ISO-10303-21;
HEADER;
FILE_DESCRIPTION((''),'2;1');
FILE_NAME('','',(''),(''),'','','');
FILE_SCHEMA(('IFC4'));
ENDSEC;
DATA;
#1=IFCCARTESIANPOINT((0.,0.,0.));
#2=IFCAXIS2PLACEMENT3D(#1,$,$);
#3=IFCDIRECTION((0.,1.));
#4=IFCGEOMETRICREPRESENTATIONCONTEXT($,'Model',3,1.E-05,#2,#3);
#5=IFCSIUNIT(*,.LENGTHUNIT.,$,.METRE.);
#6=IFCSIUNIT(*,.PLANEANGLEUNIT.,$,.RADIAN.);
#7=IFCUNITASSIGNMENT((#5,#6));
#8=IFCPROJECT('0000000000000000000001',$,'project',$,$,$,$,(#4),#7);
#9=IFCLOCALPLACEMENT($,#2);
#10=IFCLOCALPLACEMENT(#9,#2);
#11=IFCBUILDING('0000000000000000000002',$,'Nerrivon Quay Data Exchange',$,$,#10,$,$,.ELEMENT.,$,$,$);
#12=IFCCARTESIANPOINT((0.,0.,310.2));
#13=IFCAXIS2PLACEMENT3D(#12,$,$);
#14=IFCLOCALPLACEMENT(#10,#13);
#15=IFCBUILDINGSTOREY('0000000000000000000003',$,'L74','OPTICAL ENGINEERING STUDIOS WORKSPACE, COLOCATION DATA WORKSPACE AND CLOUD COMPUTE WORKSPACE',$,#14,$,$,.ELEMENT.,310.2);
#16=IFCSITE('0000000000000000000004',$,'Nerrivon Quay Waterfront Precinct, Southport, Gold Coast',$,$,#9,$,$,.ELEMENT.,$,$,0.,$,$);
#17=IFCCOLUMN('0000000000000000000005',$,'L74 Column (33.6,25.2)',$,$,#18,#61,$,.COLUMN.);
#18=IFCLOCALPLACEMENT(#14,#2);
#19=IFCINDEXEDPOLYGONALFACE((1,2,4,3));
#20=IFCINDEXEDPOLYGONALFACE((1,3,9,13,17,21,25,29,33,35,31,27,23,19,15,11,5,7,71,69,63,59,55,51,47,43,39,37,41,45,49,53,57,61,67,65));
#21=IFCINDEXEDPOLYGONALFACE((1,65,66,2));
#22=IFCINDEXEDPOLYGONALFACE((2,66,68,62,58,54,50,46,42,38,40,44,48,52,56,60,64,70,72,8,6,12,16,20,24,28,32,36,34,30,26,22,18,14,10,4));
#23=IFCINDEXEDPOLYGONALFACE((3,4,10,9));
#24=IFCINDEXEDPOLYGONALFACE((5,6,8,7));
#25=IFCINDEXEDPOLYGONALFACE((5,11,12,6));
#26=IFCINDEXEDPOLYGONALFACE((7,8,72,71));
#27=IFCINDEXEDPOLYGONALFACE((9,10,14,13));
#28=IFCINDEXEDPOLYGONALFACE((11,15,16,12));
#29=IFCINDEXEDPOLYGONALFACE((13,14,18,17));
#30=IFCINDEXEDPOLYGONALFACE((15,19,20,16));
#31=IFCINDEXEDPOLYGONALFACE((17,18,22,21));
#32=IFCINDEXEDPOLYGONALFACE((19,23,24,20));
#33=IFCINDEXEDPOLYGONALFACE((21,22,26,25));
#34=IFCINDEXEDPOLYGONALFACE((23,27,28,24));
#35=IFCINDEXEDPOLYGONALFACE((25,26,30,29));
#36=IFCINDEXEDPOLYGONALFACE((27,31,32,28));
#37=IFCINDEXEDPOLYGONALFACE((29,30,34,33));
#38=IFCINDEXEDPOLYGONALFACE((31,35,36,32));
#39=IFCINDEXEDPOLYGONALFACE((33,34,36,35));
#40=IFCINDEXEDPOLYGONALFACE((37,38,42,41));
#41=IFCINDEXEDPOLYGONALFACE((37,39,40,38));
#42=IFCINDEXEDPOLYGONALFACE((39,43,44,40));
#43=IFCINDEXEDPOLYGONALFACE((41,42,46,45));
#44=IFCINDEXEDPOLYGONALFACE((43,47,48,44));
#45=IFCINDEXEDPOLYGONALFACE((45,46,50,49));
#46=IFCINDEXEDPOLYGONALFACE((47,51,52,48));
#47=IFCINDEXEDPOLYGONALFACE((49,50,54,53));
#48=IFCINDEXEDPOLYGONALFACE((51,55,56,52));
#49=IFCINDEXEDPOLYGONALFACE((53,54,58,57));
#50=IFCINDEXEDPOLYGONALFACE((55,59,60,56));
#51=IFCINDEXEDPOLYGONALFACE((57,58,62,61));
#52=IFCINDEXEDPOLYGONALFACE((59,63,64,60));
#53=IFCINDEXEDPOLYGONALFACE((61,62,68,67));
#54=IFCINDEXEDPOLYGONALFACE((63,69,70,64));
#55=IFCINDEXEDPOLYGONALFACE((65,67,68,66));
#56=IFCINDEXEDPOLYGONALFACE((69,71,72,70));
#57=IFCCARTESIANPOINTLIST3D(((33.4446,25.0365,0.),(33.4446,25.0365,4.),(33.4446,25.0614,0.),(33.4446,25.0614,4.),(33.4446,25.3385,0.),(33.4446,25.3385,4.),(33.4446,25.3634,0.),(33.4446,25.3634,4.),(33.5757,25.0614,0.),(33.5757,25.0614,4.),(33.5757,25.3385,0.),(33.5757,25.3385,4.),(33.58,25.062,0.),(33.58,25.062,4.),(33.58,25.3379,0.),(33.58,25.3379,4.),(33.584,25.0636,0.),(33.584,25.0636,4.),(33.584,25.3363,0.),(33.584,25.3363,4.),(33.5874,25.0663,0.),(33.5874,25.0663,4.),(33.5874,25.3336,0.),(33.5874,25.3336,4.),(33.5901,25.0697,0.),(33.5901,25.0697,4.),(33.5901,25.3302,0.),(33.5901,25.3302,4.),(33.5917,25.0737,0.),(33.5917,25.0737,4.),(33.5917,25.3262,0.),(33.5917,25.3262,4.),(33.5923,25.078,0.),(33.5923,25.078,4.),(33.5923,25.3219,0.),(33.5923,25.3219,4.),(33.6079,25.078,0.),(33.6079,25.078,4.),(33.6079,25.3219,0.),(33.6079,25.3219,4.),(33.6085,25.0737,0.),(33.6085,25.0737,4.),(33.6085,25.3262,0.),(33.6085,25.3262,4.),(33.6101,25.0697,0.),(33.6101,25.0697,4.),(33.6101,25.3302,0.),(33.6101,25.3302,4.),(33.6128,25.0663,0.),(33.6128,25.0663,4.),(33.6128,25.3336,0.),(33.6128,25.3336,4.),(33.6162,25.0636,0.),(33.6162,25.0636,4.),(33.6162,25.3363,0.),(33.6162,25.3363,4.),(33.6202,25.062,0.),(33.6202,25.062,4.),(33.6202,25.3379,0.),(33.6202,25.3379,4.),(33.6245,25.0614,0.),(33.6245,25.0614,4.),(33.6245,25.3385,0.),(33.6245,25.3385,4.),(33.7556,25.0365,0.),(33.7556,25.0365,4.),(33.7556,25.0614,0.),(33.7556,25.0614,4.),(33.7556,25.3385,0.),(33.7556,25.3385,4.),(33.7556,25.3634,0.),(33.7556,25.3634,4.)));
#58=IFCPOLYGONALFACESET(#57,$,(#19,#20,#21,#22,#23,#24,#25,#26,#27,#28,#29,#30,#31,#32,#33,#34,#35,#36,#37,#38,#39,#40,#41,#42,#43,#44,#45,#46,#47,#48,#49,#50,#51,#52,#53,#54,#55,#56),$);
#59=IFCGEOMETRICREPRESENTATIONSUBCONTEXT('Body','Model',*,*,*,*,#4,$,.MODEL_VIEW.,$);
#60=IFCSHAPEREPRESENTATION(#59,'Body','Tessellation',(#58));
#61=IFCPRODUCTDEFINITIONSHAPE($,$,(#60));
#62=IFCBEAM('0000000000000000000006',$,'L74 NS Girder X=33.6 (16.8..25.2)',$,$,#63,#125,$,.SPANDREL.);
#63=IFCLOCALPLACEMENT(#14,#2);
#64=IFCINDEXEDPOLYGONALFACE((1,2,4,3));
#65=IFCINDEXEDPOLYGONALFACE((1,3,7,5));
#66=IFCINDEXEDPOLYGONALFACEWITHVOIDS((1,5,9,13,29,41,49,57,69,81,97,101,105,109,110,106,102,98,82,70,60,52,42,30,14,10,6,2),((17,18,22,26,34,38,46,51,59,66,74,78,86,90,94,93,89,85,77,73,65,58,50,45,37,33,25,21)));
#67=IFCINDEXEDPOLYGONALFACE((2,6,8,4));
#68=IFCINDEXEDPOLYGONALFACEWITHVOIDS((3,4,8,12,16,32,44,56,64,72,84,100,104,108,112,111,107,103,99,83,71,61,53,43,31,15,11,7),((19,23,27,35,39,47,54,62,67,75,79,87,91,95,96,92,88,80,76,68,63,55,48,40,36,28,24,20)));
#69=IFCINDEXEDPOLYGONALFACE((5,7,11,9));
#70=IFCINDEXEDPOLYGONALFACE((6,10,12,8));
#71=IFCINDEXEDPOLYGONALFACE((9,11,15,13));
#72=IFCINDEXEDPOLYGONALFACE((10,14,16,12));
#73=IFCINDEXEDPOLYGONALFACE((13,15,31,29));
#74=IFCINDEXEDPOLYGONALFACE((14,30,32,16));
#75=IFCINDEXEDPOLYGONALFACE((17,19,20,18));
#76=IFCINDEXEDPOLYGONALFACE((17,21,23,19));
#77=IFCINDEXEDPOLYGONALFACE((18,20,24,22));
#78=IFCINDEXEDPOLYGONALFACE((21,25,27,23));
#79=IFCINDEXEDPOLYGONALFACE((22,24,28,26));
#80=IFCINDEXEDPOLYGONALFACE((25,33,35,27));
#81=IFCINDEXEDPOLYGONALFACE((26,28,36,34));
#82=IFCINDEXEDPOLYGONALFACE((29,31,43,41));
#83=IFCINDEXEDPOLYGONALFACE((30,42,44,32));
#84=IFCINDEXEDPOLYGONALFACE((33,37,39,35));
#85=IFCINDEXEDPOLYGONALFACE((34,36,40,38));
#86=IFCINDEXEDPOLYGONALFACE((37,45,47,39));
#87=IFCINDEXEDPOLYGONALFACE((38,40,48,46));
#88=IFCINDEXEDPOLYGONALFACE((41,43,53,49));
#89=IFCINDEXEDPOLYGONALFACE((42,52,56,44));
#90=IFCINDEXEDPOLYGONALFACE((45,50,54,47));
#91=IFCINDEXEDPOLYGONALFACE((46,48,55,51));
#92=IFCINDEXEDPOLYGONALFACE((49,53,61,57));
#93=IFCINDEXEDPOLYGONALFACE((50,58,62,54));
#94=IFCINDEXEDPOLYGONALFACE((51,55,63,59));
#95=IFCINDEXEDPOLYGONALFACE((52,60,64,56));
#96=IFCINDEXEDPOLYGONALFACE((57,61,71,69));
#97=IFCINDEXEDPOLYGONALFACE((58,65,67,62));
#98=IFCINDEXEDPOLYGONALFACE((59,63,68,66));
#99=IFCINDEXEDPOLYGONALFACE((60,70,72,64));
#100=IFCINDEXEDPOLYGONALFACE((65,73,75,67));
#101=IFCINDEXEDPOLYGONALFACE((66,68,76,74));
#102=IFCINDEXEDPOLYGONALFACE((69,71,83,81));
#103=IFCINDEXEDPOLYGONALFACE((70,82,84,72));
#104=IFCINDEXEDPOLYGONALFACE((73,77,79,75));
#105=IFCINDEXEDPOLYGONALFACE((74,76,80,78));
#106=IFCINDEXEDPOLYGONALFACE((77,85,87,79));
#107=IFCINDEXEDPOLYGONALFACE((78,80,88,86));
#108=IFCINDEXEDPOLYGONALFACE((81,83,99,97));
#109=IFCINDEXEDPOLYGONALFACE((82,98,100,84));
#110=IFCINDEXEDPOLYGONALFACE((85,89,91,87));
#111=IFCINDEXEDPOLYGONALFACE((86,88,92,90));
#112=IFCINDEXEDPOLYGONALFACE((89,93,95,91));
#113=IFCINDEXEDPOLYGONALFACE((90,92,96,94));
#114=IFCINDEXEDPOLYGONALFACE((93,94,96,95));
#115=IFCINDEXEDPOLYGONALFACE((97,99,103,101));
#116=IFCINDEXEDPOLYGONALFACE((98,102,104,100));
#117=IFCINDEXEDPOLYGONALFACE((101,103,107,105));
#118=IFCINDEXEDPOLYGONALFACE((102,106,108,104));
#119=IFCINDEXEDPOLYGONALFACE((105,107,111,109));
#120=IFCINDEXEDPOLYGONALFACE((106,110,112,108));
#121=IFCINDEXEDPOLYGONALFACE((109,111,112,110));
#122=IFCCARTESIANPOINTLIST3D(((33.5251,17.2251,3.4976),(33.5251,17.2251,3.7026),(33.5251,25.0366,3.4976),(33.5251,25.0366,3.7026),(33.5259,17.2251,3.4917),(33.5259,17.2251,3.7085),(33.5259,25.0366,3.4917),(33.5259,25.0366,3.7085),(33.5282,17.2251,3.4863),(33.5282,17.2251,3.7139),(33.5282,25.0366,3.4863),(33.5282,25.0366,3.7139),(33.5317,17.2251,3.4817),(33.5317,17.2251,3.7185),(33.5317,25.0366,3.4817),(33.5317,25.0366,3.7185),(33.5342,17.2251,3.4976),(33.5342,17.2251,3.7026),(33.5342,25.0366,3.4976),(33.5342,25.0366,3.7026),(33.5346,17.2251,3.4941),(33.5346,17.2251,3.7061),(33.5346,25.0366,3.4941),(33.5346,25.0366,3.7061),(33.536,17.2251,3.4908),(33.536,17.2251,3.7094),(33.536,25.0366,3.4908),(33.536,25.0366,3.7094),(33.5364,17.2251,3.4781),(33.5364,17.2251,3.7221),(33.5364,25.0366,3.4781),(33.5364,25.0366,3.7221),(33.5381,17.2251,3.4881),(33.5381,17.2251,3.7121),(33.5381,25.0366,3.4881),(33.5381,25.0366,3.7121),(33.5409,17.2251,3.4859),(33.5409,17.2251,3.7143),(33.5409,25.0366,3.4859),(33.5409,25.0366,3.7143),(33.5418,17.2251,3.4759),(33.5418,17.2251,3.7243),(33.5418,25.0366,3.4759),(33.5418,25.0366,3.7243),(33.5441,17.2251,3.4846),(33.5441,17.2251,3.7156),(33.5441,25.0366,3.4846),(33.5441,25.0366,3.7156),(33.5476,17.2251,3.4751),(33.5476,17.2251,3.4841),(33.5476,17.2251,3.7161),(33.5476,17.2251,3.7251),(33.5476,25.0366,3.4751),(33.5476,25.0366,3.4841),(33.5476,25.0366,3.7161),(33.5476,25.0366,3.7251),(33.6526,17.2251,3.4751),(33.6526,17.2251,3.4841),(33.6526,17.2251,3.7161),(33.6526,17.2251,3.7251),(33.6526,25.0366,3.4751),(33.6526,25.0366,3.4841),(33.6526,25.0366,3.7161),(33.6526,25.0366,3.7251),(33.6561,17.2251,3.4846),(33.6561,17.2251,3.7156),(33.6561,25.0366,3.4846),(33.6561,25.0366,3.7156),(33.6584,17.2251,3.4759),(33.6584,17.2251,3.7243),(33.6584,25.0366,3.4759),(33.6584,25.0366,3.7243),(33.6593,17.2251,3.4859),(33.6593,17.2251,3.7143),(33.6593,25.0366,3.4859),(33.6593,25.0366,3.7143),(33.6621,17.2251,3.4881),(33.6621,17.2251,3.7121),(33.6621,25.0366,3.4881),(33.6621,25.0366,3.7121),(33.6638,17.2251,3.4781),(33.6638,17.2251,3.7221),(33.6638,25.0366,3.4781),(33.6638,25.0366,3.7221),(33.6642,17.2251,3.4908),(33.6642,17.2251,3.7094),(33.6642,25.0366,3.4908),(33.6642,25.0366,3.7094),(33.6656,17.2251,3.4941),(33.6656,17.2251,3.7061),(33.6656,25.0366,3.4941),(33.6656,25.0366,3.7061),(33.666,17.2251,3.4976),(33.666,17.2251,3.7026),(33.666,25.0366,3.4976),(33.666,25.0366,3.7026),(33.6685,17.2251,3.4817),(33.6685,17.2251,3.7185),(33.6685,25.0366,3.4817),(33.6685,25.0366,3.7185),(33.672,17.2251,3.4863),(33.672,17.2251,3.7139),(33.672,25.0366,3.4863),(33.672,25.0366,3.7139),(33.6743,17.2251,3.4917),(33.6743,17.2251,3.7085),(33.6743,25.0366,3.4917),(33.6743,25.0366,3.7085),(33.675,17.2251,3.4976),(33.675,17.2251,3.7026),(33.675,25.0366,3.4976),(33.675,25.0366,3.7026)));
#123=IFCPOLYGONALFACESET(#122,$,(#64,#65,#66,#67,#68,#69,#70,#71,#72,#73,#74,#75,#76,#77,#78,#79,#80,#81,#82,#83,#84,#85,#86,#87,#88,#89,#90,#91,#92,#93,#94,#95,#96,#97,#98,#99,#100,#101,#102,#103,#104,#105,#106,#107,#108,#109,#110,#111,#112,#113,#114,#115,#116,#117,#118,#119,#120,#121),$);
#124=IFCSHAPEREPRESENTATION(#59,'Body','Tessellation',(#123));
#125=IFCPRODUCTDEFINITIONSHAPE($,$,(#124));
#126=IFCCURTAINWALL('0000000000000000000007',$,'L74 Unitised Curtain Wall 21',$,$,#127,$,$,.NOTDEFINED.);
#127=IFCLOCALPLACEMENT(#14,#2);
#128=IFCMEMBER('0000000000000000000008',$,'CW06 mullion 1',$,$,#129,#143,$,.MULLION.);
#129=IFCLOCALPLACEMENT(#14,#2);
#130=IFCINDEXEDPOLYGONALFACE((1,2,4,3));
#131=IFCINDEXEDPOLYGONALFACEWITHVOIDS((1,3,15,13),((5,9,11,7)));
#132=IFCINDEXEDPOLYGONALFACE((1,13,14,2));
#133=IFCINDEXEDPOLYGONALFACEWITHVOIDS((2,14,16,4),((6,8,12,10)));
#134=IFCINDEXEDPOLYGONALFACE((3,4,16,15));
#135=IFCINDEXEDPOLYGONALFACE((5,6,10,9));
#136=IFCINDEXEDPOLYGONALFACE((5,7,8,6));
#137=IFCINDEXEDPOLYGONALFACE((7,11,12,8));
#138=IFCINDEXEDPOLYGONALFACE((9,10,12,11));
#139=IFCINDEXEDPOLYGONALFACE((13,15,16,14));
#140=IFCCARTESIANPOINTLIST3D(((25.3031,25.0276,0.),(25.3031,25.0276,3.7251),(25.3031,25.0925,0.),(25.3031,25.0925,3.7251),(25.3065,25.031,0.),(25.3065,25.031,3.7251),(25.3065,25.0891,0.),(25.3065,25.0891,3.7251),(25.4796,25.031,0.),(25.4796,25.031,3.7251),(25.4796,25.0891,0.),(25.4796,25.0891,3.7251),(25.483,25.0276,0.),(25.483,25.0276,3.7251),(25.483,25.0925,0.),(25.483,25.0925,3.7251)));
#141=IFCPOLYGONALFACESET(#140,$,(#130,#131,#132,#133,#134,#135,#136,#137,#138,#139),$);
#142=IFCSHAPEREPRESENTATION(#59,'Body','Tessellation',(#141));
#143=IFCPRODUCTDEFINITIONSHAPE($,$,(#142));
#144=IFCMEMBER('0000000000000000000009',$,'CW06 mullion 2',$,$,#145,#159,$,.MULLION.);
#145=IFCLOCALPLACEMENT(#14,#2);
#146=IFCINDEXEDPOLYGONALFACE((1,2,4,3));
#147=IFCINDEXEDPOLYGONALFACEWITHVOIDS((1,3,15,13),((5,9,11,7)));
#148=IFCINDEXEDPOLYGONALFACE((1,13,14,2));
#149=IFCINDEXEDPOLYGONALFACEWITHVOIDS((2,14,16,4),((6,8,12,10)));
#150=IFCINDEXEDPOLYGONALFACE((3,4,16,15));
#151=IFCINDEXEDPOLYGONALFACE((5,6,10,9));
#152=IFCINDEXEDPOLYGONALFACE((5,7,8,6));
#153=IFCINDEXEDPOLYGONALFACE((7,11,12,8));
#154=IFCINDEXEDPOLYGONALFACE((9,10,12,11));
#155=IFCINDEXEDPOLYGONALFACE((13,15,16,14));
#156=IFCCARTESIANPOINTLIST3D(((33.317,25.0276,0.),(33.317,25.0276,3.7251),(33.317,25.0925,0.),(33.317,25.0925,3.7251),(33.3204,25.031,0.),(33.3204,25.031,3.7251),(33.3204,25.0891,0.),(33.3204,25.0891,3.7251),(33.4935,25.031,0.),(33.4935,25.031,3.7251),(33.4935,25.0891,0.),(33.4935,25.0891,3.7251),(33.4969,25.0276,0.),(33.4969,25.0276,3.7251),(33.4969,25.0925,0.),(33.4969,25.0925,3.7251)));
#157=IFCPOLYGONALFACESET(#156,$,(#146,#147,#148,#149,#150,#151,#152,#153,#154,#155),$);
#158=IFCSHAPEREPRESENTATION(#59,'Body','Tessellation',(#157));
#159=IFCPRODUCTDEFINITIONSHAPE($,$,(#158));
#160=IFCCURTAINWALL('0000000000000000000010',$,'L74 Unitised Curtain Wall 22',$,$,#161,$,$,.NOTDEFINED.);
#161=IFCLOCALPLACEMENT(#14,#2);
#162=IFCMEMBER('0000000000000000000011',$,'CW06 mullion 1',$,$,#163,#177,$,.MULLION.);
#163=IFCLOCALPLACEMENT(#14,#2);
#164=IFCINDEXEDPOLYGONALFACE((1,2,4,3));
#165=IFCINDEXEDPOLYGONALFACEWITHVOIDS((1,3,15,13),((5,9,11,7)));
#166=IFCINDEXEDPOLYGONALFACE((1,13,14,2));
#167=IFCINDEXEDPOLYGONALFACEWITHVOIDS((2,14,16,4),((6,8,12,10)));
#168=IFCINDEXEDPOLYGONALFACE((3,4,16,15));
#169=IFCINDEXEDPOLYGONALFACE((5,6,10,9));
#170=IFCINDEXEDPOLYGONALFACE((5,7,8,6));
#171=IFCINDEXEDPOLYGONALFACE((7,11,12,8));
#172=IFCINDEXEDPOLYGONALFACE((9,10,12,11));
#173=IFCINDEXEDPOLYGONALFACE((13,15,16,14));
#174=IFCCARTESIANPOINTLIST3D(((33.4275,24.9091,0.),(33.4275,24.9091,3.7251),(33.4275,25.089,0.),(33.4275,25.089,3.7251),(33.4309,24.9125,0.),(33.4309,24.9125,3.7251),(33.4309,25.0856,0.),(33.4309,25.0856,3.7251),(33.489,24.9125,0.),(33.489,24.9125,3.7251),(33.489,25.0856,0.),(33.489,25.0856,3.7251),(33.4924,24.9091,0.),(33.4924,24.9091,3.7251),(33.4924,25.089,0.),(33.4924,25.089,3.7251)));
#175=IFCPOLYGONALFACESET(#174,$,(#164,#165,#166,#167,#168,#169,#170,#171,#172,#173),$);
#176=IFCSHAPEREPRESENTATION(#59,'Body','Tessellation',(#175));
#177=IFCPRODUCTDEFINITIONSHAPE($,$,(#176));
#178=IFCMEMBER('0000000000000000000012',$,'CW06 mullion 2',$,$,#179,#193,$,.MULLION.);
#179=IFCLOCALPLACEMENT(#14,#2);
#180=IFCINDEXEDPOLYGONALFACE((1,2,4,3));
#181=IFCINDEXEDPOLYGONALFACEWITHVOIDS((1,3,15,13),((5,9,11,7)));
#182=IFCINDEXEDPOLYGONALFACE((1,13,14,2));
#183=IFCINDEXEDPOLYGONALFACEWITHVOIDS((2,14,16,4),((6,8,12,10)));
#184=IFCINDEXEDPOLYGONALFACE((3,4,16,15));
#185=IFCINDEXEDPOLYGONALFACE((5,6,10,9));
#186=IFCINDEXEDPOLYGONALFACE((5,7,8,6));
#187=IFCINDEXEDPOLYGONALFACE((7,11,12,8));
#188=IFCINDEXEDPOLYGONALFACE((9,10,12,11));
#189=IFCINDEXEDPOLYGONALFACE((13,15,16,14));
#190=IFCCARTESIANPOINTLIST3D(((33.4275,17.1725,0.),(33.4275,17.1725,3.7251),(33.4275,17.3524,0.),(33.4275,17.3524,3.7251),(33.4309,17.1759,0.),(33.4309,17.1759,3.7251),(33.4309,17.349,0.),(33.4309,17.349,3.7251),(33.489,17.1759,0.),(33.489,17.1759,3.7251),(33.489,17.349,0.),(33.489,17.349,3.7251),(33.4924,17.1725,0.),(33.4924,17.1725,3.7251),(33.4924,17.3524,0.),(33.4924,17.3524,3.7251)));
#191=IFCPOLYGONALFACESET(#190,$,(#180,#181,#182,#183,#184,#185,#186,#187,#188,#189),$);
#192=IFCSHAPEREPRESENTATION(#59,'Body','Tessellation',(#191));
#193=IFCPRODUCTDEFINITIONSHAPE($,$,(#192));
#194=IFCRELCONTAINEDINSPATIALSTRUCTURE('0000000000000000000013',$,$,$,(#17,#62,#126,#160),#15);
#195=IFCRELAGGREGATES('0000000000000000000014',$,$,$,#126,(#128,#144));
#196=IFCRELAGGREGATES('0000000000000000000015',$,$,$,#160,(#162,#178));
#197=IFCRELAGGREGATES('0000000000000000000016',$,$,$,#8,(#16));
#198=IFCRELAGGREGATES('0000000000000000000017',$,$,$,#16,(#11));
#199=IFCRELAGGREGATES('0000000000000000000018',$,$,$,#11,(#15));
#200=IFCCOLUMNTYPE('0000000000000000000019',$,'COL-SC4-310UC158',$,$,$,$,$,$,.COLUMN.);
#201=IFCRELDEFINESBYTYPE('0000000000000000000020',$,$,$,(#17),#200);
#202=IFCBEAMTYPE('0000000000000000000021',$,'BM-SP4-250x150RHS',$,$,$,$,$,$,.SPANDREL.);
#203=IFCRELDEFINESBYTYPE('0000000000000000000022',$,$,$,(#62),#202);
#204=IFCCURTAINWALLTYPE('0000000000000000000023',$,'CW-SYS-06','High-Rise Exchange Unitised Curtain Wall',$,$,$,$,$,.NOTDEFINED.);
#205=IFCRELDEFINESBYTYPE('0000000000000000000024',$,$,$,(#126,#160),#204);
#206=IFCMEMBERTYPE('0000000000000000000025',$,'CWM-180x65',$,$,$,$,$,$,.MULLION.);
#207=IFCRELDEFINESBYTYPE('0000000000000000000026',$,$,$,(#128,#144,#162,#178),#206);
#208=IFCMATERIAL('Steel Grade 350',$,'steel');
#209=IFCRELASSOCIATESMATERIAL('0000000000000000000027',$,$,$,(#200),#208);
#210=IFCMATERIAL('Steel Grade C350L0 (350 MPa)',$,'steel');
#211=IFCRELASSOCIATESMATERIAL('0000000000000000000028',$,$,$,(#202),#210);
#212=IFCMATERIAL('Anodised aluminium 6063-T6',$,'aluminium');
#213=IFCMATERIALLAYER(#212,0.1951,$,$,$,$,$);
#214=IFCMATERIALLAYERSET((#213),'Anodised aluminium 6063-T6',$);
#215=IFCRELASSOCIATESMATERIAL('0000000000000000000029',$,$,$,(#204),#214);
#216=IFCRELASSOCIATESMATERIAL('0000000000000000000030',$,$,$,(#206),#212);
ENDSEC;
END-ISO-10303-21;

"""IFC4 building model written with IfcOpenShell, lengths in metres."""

from ifc_helpers import new_model, si_unit, direction, frame, origin, origin_2d, place, context, subcontext, project, spatial, hollow_rectangle, i_section, extrude, material, layer, layer_set, material_profile, profile_set, type_object, element, aggregate, save


model = new_model("IFC4")

# Units and contexts
model_context = context("Model", 3, precision=1e-05, world=origin(), true_north=direction((0.0, 1.0)))
body_context = subcontext(model_context, "Body", "Model", "MODEL_VIEW")
ifc_project = project(units=[si_unit("LENGTHUNIT", "METRE"), si_unit("PLANEANGLEUNIT", "RADIAN")], contexts=[model_context])

# Site, building, storey
site_placement = place(None, origin())
site = spatial("IfcSite", under=ifc_project, at=site_placement, Name="Nerrivon Quay Waterfront Precinct, Southport, Gold Coast", CompositionType="ELEMENT", RefElevation=0.0)
building_placement = place(site_placement, origin())
building = spatial("IfcBuilding", under=site, at=building_placement, Name="Nerrivon Quay Data Exchange", CompositionType="ELEMENT")
storey_placement = place(building_placement, frame((0.0, 0.0, 310.2)))
storey = spatial("IfcBuildingStorey", under=building, at=storey_placement, Name="L74", Description="OPTICAL ENGINEERING STUDIOS WORKSPACE, COLOCATION DATA WORKSPACE AND CLOUD COMPUTE WORKSPACE", CompositionType="ELEMENT", Elevation=310.2)

# Column
ifc_material_1 = material(Name="Steel Grade 350", Category="steel")
ifc_material_profile_1 = material_profile(ifc_material_1, i_section(OverallWidth=0.311, OverallDepth=0.3269, WebThickness=0.0156, FlangeThickness=0.0249, FilletRadius=0.0166, at=origin_2d()), Name="310UC158")
ifc_profile_set_1 = profile_set([ifc_material_profile_1], Name="Steel Grade 350")
column_type = type_object("IfcColumnType", Name="COL-SC4-310UC158", PredefinedType="COLUMN", material=ifc_profile_set_1)
column_placement = place(storey_placement, frame((33.6001, 25.2, 0.0), z_axis=(0.0, 0.0, 1.0), x_axis=(1.0, 0.0, 0.0)))
element("IfcColumn", 1, at=column_placement, inside=storey, type_object=column_type, Name="L74 Column (33.6,25.2)", PredefinedType="COLUMN", context=body_context, shape_type="SweptSolid", body=[
    extrude(i_section(OverallWidth=0.311, OverallDepth=0.3269, WebThickness=0.0156, FlangeThickness=0.0249, FilletRadius=0.0166, at=origin_2d()), origin(), (0.0, 0.0, 1.0), 4.0),
])

# Beam
ifc_material_2 = material(Name="Steel Grade C350L0 (350 MPa)", Category="steel")
ifc_material_profile_2 = material_profile(ifc_material_2, hollow_rectangle(XDim=0.1499, YDim=0.25, WallThickness=0.009, InnerFilletRadius=0.0134, OuterFilletRadius=0.0225, at=origin_2d()), Name="250x150x9.0RHS")
ifc_profile_set_2 = profile_set([ifc_material_profile_2], Name="Steel Grade C350L0 (350 MPa)")
beam_type = type_object("IfcBeamType", Name="BM-SP4-250x150RHS", PredefinedType="SPANDREL", material=ifc_profile_set_2)
beam_placement = place(storey_placement, frame((33.6001, 17.2251, 3.6001), z_axis=(0.0, 1.0, 0.0), x_axis=(-1.0, 0.0, 0.0)))
element("IfcBeam", 2, at=beam_placement, inside=storey, type_object=beam_type, Name="L74 NS Girder X=33.6 (16.8..25.2)", PredefinedType="SPANDREL", context=body_context, shape_type="SweptSolid", body=[
    extrude(hollow_rectangle(XDim=0.1499, YDim=0.25, WallThickness=0.009, InnerFilletRadius=0.0134, OuterFilletRadius=0.0225, at=origin_2d()), origin(), (0.0, 0.0, 1.0), 7.8115),
])

# Curtain walls, members
ifc_material_3 = material(Name="Anodised aluminium 6063-T6", Category="aluminium")
ifc_layer_1 = layer(ifc_material_3, 0.1951)
ifc_layer_set_1 = layer_set([ifc_layer_1], Name="Anodised aluminium 6063-T6")
curtain_wall_type = type_object("IfcCurtainWallType", Name="CW-SYS-06", Description="High-Rise Exchange Unitised Curtain Wall", PredefinedType="NOTDEFINED", material=ifc_layer_set_1)
curtain_wall_1_placement = place(storey_placement, origin())
curtain_wall_1 = element("IfcCurtainWall", 3, at=curtain_wall_1_placement, inside=storey, type_object=curtain_wall_type, Name="L74 Unitised Curtain Wall 21", PredefinedType="NOTDEFINED")
ifc_material_profile_3 = material_profile(ifc_material_3, hollow_rectangle(XDim=0.0649, YDim=0.1799, WallThickness=0.0034, at=origin_2d()), Name="ALU-MULL-180x65")
ifc_profile_set_3 = profile_set([ifc_material_profile_3], Name="Anodised aluminium 6063-T6")
member_type_1 = type_object("IfcMemberType", Name="CWM-180x65", PredefinedType="MULLION", material=ifc_profile_set_3)
member_1_placement = place(storey_placement, frame((25.3931, 25.0601, 0.0), z_axis=(0.0, 0.0, 1.0), x_axis=(0.0, 1.0, 0.0)))
member_1 = element("IfcMember", 4, at=member_1_placement, type_object=member_type_1, Name="CW06 mullion 1", PredefinedType="MULLION", context=body_context, shape_type="SweptSolid", body=[
    extrude(hollow_rectangle(XDim=0.0649, YDim=0.1799, WallThickness=0.0034, at=origin_2d()), origin(), (0.0, 0.0, 1.0), 3.7251),
])
member_2_placement = place(storey_placement, frame((33.407, 25.0601, 0.0), z_axis=(0.0, 0.0, 1.0), x_axis=(0.0, 1.0, 0.0)))
member_2 = element("IfcMember", 5, at=member_2_placement, type_object=member_type_1, Name="CW06 mullion 2", PredefinedType="MULLION", context=body_context, shape_type="SweptSolid", body=[
    extrude(hollow_rectangle(XDim=0.0649, YDim=0.1799, WallThickness=0.0034, at=origin_2d()), origin(), (0.0, 0.0, 1.0), 3.7251),
])
curtain_wall_2_placement = place(storey_placement, origin())
curtain_wall_2 = element("IfcCurtainWall", 6, at=curtain_wall_2_placement, inside=storey, type_object=curtain_wall_type, Name="L74 Unitised Curtain Wall 22", PredefinedType="NOTDEFINED")
member_3_placement = place(storey_placement, frame((33.46, 24.999, 0.0), z_axis=(0.0, 0.0, 1.0), x_axis=(1.0, 0.0, 0.0)))
member_3 = element("IfcMember", 7, at=member_3_placement, type_object=member_type_1, Name="CW06 mullion 1", PredefinedType="MULLION", context=body_context, shape_type="SweptSolid", body=[
    extrude(hollow_rectangle(XDim=0.0649, YDim=0.1799, WallThickness=0.0034, at=origin_2d()), origin(), (0.0, 0.0, 1.0), 3.7251),
])
member_4_placement = place(storey_placement, frame((33.46, 17.2625, 0.0), z_axis=(0.0, 0.0, 1.0), x_axis=(1.0, 0.0, 0.0)))
member_4 = element("IfcMember", 8, at=member_4_placement, type_object=member_type_1, Name="CW06 mullion 2", PredefinedType="MULLION", context=body_context, shape_type="SweptSolid", body=[
    extrude(hollow_rectangle(XDim=0.0649, YDim=0.1799, WallThickness=0.0034, at=origin_2d()), origin(), (0.0, 0.0, 1.0), 3.7251),
])

aggregate(curtain_wall_1, [member_1, member_2])
aggregate(curtain_wall_2, [member_3, member_4])

save(model, "model.ifc")
